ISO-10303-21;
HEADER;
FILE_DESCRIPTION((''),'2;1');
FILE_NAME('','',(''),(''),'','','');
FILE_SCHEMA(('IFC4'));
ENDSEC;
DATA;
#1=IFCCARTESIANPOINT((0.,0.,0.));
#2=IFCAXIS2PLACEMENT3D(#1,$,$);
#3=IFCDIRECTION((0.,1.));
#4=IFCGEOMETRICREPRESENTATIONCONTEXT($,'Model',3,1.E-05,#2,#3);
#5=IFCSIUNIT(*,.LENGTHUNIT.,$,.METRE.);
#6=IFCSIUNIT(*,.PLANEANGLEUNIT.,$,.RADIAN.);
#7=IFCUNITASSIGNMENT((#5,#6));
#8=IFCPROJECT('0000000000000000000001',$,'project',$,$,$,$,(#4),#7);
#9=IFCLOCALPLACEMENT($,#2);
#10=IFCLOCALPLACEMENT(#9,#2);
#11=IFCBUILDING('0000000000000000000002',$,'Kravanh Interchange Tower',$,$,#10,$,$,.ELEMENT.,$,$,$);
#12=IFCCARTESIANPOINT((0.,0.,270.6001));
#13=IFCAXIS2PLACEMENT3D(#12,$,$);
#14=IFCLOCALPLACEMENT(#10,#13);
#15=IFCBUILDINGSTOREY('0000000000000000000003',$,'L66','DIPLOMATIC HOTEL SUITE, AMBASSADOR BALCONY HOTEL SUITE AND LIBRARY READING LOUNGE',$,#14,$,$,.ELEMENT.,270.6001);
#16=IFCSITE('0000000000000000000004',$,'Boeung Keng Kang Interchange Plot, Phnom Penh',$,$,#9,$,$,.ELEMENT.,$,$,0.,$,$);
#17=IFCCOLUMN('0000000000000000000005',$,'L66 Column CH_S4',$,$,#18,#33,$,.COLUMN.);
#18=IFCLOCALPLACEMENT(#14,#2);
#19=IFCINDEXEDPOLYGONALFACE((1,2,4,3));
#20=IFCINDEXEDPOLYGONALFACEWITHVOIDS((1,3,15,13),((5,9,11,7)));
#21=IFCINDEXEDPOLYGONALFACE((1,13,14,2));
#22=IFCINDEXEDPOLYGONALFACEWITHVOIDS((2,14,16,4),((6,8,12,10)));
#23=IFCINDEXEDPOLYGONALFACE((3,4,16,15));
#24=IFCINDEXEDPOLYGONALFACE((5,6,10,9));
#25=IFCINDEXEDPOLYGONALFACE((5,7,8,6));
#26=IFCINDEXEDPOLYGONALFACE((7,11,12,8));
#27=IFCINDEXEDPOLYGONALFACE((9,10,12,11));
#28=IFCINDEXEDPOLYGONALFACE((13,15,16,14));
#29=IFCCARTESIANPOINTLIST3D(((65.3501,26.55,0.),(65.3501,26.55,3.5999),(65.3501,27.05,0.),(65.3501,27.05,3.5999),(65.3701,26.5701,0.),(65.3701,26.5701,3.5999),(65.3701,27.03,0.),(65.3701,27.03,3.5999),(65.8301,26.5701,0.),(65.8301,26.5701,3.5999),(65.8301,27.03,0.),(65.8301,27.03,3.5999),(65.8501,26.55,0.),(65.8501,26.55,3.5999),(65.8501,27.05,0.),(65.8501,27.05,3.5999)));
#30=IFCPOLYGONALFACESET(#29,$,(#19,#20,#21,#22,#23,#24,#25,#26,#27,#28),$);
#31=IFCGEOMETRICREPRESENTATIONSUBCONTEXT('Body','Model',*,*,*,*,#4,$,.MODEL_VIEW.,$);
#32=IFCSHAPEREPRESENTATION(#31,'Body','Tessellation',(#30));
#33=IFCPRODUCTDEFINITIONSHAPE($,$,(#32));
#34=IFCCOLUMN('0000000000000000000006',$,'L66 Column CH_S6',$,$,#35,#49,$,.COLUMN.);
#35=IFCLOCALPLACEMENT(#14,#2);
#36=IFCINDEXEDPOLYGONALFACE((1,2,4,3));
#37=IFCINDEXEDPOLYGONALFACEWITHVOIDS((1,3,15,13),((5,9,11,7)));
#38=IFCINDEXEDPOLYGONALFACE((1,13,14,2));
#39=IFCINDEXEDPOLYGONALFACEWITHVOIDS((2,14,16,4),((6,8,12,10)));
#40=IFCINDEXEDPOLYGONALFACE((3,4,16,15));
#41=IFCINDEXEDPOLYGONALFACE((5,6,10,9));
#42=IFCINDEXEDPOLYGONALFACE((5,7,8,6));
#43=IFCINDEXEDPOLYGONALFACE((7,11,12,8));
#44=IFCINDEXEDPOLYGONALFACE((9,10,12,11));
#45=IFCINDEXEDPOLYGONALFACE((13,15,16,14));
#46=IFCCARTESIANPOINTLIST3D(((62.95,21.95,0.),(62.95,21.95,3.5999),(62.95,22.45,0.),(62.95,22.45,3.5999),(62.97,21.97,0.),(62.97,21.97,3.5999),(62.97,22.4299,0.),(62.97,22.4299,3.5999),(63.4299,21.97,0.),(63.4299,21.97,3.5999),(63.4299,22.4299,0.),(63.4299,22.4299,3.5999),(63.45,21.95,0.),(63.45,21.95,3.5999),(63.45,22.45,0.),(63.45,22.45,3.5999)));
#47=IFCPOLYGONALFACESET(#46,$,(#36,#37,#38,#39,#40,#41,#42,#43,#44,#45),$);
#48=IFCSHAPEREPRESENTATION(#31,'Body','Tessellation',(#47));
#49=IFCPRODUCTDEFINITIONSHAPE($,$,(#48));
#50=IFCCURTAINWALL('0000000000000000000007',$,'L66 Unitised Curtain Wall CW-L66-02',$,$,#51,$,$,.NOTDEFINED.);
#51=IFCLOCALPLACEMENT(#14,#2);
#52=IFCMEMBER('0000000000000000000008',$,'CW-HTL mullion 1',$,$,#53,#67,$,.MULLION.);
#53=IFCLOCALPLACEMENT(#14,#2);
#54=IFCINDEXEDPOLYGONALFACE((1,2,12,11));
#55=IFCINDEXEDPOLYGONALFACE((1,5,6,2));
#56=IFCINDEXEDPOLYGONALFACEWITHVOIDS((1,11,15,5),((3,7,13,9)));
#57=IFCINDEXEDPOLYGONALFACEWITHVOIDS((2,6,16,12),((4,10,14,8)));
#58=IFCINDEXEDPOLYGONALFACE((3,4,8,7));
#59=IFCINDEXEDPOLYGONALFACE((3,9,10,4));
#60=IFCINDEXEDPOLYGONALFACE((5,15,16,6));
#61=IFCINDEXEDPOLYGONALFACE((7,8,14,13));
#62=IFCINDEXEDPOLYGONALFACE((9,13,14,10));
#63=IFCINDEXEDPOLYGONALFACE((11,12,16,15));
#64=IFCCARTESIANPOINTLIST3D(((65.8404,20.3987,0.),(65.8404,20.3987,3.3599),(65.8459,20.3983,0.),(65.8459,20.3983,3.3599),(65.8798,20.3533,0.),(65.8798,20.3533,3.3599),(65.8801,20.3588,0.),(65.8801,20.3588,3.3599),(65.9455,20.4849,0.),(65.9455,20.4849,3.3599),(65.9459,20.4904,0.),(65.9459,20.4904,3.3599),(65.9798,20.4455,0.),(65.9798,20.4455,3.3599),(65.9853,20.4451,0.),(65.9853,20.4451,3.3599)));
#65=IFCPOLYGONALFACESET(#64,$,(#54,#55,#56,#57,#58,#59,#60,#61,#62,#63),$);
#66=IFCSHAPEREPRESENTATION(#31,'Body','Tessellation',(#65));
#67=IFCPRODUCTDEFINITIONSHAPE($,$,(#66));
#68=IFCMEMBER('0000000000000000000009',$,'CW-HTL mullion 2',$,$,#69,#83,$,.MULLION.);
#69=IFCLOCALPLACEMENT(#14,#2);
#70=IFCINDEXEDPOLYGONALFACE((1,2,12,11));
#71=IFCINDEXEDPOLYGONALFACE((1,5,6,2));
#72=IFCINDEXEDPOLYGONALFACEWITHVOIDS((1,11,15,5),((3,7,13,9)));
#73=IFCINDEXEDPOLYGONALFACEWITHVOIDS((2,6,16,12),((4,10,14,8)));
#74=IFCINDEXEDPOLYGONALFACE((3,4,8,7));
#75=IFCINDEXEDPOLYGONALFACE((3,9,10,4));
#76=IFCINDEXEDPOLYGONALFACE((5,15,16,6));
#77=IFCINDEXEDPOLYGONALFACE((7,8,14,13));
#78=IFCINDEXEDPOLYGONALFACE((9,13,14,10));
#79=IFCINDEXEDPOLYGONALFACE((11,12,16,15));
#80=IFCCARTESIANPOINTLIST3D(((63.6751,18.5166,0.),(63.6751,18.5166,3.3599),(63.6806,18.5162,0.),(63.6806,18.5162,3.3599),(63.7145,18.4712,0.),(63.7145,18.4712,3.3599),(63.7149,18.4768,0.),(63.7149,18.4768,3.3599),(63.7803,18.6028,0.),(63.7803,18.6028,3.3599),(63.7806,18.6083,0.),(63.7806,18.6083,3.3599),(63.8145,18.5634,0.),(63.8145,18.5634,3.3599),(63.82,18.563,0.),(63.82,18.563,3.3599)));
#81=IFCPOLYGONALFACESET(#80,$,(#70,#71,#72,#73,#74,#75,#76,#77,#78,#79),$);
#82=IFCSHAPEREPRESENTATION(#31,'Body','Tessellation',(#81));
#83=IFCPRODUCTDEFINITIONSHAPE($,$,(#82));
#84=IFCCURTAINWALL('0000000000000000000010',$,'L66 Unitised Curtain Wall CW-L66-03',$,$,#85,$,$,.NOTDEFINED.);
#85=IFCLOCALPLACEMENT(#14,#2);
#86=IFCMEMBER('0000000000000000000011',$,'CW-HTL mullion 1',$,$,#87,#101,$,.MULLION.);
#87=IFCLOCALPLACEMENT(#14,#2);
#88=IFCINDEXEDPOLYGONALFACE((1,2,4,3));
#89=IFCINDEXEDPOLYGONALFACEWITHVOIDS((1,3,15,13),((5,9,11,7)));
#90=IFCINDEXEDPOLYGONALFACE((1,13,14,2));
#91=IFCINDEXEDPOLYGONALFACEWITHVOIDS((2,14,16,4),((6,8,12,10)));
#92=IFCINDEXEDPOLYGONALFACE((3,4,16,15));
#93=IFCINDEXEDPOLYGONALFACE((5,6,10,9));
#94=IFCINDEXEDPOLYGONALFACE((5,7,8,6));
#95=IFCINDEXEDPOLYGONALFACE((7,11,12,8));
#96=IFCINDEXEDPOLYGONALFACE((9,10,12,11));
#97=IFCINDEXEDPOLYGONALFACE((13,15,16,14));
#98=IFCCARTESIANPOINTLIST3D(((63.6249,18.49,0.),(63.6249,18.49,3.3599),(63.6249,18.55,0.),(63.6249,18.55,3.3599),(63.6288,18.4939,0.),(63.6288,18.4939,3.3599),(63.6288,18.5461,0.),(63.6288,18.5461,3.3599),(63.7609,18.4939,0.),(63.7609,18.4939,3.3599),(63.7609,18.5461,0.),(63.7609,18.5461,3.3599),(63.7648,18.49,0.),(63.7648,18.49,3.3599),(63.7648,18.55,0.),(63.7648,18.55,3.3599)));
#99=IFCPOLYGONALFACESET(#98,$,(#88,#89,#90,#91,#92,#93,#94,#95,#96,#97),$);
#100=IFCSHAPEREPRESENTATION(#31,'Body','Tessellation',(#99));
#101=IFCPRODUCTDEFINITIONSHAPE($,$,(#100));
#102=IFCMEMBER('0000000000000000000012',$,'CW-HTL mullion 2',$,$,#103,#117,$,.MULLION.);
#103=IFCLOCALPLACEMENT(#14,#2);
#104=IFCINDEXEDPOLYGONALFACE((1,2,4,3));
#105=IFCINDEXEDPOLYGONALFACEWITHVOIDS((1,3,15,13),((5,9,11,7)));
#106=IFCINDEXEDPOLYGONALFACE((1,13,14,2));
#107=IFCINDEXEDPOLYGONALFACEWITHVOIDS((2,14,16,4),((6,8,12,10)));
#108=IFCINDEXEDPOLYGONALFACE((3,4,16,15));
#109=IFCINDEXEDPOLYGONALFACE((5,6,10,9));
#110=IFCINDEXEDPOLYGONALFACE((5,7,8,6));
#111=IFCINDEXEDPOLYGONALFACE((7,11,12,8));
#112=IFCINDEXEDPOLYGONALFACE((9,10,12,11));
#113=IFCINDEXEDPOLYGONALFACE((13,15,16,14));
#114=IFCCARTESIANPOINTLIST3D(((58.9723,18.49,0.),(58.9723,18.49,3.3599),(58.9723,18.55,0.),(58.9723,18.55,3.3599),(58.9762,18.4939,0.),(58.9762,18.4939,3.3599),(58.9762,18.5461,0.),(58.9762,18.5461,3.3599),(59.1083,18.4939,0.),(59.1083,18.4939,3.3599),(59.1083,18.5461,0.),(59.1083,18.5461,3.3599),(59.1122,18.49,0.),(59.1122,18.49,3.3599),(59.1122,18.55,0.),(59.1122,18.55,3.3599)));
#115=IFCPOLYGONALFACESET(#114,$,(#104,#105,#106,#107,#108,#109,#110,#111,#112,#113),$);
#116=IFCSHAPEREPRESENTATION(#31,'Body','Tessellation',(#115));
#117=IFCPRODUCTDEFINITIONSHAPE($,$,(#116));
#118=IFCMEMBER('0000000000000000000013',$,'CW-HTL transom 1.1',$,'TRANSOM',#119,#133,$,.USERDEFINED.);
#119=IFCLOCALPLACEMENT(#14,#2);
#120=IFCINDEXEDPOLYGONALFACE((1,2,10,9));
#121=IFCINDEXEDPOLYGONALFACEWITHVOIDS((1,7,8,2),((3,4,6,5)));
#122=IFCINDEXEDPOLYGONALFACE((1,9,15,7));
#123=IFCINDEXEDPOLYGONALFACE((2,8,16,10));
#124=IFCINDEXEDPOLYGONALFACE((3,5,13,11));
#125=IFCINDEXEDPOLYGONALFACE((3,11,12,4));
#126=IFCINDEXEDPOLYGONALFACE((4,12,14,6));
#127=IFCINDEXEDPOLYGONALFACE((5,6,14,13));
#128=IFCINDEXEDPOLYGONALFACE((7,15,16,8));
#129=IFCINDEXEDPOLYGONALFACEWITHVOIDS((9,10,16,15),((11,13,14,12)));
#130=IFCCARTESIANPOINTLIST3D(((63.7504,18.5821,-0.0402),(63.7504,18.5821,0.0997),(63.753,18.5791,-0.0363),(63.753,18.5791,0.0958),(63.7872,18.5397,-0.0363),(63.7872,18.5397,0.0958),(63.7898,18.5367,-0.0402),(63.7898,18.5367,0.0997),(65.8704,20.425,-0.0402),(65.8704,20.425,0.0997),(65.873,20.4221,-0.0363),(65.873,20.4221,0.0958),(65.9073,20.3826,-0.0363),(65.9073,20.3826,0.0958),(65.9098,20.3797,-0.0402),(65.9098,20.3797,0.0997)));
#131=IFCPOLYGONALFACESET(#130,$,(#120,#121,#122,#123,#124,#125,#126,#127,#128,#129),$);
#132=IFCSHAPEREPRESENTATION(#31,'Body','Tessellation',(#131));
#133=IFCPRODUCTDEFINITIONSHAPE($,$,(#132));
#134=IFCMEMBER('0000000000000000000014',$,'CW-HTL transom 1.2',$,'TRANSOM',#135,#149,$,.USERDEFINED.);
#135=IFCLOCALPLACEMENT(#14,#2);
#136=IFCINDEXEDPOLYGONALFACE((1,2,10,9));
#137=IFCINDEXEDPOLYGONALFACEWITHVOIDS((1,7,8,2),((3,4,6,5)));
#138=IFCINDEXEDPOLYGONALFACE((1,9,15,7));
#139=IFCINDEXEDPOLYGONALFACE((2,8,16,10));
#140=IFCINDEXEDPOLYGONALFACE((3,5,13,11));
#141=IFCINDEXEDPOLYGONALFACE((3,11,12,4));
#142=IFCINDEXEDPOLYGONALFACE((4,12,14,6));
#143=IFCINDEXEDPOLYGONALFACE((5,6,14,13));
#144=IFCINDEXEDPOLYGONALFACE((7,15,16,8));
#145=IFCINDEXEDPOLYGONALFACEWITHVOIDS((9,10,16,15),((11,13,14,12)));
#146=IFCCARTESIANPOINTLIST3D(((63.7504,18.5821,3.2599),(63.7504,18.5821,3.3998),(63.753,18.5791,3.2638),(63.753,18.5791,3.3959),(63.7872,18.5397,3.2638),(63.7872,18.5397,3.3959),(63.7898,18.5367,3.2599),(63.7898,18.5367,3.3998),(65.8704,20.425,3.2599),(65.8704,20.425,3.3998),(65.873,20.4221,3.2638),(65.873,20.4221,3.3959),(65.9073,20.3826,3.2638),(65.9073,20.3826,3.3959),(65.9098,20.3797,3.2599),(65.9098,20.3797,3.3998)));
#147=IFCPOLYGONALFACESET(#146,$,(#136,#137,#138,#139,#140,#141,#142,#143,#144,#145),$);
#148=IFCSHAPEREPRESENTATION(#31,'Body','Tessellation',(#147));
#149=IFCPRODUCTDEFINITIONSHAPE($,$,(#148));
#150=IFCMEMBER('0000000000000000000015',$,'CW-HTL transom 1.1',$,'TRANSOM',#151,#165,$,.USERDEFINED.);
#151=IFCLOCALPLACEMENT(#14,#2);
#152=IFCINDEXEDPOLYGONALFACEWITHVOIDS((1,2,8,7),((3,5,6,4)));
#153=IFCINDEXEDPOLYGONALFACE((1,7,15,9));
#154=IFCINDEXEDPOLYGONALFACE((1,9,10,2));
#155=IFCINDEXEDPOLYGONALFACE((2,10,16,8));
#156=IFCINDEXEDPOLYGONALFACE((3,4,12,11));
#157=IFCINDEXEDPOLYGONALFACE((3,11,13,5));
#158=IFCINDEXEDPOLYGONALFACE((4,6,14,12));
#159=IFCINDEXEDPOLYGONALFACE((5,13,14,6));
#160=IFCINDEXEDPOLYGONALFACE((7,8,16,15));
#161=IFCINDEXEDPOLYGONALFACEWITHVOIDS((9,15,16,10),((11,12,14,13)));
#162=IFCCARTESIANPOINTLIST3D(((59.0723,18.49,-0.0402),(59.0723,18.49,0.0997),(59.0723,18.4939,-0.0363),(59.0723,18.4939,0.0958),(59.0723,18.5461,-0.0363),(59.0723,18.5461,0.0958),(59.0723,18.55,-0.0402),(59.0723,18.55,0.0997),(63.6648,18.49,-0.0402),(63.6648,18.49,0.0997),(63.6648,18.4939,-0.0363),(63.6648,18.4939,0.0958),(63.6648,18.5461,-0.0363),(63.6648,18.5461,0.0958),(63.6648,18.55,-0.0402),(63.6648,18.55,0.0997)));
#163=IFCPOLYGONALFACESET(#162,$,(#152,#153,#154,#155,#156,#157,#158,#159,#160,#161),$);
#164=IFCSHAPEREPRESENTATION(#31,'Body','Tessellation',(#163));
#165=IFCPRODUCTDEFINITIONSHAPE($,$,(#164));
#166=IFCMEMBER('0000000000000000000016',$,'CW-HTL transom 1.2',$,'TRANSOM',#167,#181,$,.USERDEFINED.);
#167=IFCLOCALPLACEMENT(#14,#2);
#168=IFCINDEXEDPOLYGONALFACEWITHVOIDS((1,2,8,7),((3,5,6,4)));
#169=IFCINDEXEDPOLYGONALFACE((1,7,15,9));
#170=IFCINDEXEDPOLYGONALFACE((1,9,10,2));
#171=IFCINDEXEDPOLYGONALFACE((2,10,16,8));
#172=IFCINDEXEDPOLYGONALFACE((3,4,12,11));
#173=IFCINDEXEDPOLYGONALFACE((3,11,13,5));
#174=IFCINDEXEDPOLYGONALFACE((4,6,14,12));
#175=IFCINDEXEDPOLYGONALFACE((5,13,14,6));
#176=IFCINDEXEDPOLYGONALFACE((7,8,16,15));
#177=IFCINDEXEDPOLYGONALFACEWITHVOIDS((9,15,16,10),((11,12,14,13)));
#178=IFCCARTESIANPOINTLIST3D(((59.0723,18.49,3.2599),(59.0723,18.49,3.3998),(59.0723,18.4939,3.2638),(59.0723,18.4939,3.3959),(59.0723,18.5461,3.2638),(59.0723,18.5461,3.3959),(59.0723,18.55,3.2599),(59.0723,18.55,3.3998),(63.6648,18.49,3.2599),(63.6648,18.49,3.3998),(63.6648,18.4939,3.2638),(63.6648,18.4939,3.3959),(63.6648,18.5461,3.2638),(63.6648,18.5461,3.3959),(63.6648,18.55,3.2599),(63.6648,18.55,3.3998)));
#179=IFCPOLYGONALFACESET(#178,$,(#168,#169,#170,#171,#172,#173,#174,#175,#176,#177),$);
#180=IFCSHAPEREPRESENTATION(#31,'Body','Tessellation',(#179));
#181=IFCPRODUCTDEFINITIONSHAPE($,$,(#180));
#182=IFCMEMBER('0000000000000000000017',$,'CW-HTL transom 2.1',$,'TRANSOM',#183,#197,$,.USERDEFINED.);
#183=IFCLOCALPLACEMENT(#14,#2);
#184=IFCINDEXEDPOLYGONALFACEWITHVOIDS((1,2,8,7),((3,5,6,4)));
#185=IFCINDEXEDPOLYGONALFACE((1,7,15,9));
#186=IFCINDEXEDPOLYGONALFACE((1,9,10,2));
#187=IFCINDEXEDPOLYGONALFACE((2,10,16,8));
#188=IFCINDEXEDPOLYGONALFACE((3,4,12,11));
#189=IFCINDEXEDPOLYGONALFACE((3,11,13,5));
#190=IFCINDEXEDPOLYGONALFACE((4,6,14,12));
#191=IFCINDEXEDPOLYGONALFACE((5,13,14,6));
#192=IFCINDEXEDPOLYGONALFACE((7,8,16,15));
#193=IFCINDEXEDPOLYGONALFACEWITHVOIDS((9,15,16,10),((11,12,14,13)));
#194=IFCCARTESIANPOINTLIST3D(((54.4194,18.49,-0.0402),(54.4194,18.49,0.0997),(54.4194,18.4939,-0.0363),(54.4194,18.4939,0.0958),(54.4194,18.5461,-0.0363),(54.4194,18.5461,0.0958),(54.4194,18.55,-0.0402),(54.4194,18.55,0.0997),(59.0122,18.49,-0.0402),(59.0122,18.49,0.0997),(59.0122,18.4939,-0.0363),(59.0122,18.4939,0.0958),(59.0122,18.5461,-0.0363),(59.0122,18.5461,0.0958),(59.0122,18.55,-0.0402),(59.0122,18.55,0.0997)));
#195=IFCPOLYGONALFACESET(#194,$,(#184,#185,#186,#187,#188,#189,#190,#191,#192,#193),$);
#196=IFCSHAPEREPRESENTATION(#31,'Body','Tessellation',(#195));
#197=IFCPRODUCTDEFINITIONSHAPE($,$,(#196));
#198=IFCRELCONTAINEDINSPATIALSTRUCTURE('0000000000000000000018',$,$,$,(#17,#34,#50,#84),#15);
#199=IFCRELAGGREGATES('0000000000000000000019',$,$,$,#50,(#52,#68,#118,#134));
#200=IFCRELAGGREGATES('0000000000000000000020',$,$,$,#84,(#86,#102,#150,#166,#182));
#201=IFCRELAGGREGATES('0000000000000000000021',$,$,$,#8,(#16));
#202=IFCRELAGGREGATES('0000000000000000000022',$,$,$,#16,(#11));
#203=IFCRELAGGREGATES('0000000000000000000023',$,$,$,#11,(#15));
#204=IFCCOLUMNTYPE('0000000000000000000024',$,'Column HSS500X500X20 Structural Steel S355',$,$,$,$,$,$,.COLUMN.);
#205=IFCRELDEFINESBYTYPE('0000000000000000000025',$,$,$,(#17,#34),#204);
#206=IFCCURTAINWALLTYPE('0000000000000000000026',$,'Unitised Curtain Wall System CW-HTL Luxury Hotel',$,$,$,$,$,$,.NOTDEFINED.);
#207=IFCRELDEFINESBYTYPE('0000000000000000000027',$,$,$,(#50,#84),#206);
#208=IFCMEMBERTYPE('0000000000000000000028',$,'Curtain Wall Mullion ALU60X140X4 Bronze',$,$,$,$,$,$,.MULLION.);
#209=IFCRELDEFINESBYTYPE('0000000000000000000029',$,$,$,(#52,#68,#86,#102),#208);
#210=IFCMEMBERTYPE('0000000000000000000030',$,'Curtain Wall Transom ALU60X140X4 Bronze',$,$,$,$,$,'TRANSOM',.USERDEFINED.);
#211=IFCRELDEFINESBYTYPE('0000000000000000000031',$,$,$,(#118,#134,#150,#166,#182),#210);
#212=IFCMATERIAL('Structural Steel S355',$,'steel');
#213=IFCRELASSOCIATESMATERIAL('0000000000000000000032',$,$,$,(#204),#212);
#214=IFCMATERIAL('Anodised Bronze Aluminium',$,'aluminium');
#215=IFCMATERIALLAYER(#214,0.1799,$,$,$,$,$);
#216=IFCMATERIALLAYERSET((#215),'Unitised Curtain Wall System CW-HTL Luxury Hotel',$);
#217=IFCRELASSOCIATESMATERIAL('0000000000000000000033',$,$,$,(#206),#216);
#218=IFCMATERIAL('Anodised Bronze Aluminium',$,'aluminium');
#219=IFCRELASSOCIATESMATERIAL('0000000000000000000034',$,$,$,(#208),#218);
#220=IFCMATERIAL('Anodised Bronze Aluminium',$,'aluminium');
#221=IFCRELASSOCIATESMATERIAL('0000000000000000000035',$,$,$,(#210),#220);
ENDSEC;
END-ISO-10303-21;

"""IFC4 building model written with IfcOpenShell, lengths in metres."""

from ifc_helpers import new_model, si_unit, direction, frame, origin, origin_2d, place, context, subcontext, project, spatial, hollow_rectangle, extrude, material, layer, layer_set, material_profile, profile_set, type_object, element, aggregate, save


model = new_model("IFC4")

# Units and contexts
model_context = context("Model", 3, precision=1e-05, world=origin(), true_north=direction((0.0, 1.0)))
body_context = subcontext(model_context, "Body", "Model", "MODEL_VIEW")
ifc_project = project(units=[si_unit("LENGTHUNIT", "METRE"), si_unit("PLANEANGLEUNIT", "RADIAN")], contexts=[model_context])

# Site, building, storey
site_placement = place(None, origin())
site = spatial("IfcSite", under=ifc_project, at=site_placement, Name="Boeung Keng Kang Interchange Plot, Phnom Penh", CompositionType="ELEMENT", RefElevation=0.0)
building_placement = place(site_placement, origin())
building = spatial("IfcBuilding", under=site, at=building_placement, Name="Kravanh Interchange Tower", CompositionType="ELEMENT")
storey_placement = place(building_placement, frame((0.0, 0.0, 270.6001)))
storey = spatial("IfcBuildingStorey", under=building, at=storey_placement, Name="L66", Description="DIPLOMATIC HOTEL SUITE, AMBASSADOR BALCONY HOTEL SUITE AND LIBRARY READING LOUNGE", CompositionType="ELEMENT", Elevation=270.6001)

# Columns
ifc_material_1 = material(Name="Structural Steel S355", Category="steel")
ifc_material_profile_1 = material_profile(ifc_material_1, hollow_rectangle(XDim=0.5, YDim=0.5, WallThickness=0.02, at=origin_2d()), Name="HSS500X500X20")
ifc_profile_set_1 = profile_set([ifc_material_profile_1], Name="Structural Steel S355")
column_type = type_object("IfcColumnType", Name="Column HSS500X500X20 Structural Steel S355", PredefinedType="COLUMN", material=ifc_profile_set_1)
for number, where, z_axis, x_axis, name in (
    (1, (65.6001, 26.8, 0.0), (0.0, 0.0, 1.0), (1.0, 0.0, 0.0), "L66 Column CH_S4"),
    (2, (63.2, 22.2, 0.0), (0.0, 0.0, 1.0), (1.0, 0.0, 0.0), "L66 Column CH_S6"),
):
    element("IfcColumn", number, at=place(storey_placement, frame(where, z_axis=z_axis, x_axis=x_axis)), inside=storey, type_object=column_type, Name=name, PredefinedType="COLUMN", context=body_context, shape_type="SweptSolid", body=[
        extrude(hollow_rectangle(XDim=0.5, YDim=0.5, WallThickness=0.02, at=origin_2d()), origin(), (0.0, 0.0, 1.0), 3.5999),
    ])

# Curtain walls, members
ifc_material_2 = material(Name="Anodised Bronze Aluminium", Category="aluminium")
ifc_layer_1 = layer(ifc_material_2, 0.1799)
ifc_layer_set_1 = layer_set([ifc_layer_1], Name="Unitised Curtain Wall System CW-HTL Luxury Hotel")
curtain_wall_type = type_object("IfcCurtainWallType", Name="Unitised Curtain Wall System CW-HTL Luxury Hotel", PredefinedType="NOTDEFINED", material=ifc_layer_set_1)
curtain_wall_1_placement = place(storey_placement, origin())
curtain_wall_1 = element("IfcCurtainWall", 3, at=curtain_wall_1_placement, inside=storey, type_object=curtain_wall_type, Name="L66 Unitised Curtain Wall CW-L66-02", PredefinedType="NOTDEFINED")
ifc_material_3 = material(Name="Anodised Bronze Aluminium", Category="aluminium")
ifc_material_profile_2 = material_profile(ifc_material_3, hollow_rectangle(XDim=0.0601, YDim=0.1399, WallThickness=0.0039, at=origin_2d()), Name="ALU60X140X4")
ifc_profile_set_2 = profile_set([ifc_material_profile_2], Name="Anodised Bronze Aluminium")
member_type_1 = type_object("IfcMemberType", Name="Curtain Wall Mullion ALU60X140X4 Bronze", PredefinedType="MULLION", material=ifc_profile_set_2)
member_1_placement = place(storey_placement, frame((65.9128, 20.4219, 0.0), z_axis=(0.0, 0.0, 1.0), x_axis=(0.656033, -0.754732, 0.0)))
member_1 = element("IfcMember", 4, at=member_1_placement, type_object=member_type_1, Name="CW-HTL mullion 1", PredefinedType="MULLION", context=body_context, shape_type="SweptSolid", body=[
    extrude(hollow_rectangle(XDim=0.0601, YDim=0.1399, WallThickness=0.0039, at=origin_2d()), origin(), (0.0, 0.0, 1.0), 3.3599),
])
member_2_placement = place(storey_placement, frame((63.7476, 18.5398, 0.0), z_axis=(0.0, 0.0, 1.0), x_axis=(0.656033, -0.754732, 0.0)))
member_2 = element("IfcMember", 5, at=member_2_placement, type_object=member_type_1, Name="CW-HTL mullion 2", PredefinedType="MULLION", context=body_context, shape_type="SweptSolid", body=[
    extrude(hollow_rectangle(XDim=0.0601, YDim=0.1399, WallThickness=0.0039, at=origin_2d()), origin(), (0.0, 0.0, 1.0), 3.3599),
])
curtain_wall_2_placement = place(storey_placement, origin())
curtain_wall_2 = element("IfcCurtainWall", 6, at=curtain_wall_2_placement, inside=storey, type_object=curtain_wall_type, Name="L66 Unitised Curtain Wall CW-L66-03", PredefinedType="NOTDEFINED")
member_3_placement = place(storey_placement, frame((63.6948, 18.52, 0.0), z_axis=(0.0, 0.0, 1.0), x_axis=(0.0, -1.0, 0.0)))
member_3 = element("IfcMember", 7, at=member_3_placement, type_object=member_type_1, Name="CW-HTL mullion 1", PredefinedType="MULLION", context=body_context, shape_type="SweptSolid", body=[
    extrude(hollow_rectangle(XDim=0.0601, YDim=0.1399, WallThickness=0.0039, at=origin_2d()), origin(), (0.0, 0.0, 1.0), 3.3599),
])
member_4_placement = place(storey_placement, frame((59.0422, 18.52, 0.0), z_axis=(0.0, 0.0, 1.0), x_axis=(0.0, -1.0, 0.0)))
member_4 = element("IfcMember", 8, at=member_4_placement, type_object=member_type_1, Name="CW-HTL mullion 2", PredefinedType="MULLION", context=body_context, shape_type="SweptSolid", body=[
    extrude(hollow_rectangle(XDim=0.0601, YDim=0.1399, WallThickness=0.0039, at=origin_2d()), origin(), (0.0, 0.0, 1.0), 3.3599),
])

# Members
ifc_material_4 = material(Name="Anodised Bronze Aluminium", Category="aluminium")
ifc_material_profile_3 = material_profile(ifc_material_4, hollow_rectangle(XDim=0.0601, YDim=0.1399, WallThickness=0.0039, at=origin_2d()), Name="ALU60X140X4")
ifc_profile_set_3 = profile_set([ifc_material_profile_3], Name="Anodised Bronze Aluminium")
member_type_2 = type_object("IfcMemberType", Name="Curtain Wall Transom ALU60X140X4 Bronze", ElementType="TRANSOM", PredefinedType="USERDEFINED", material=ifc_profile_set_3)
member_5_placement = place(storey_placement, frame((65.8901, 20.4023, 0.0298), z_axis=(-0.754705, -0.656065, 0.0), x_axis=(0.656065, -0.754705, 0.0)))
member_5 = element("IfcMember", 9, at=member_5_placement, type_object=member_type_2, Name="CW-HTL transom 1.1", ObjectType="TRANSOM", PredefinedType="USERDEFINED", context=body_context, shape_type="SweptSolid", body=[
    extrude(hollow_rectangle(XDim=0.0601, YDim=0.1399, WallThickness=0.0039, at=origin_2d()), origin(), (0.0, 0.0, 1.0), 2.8091),
])
member_6_placement = place(storey_placement, frame((65.8901, 20.4023, 3.3298), z_axis=(-0.754705, -0.656065, 0.0), x_axis=(0.656065, -0.754705, 0.0)))
member_6 = element("IfcMember", 10, at=member_6_placement, type_object=member_type_2, Name="CW-HTL transom 1.2", ObjectType="TRANSOM", PredefinedType="USERDEFINED", context=body_context, shape_type="SweptSolid", body=[
    extrude(hollow_rectangle(XDim=0.0601, YDim=0.1399, WallThickness=0.0039, at=origin_2d()), origin(), (0.0, 0.0, 1.0), 2.8091),
])
member_7_placement = place(storey_placement, frame((63.6648, 18.52, 0.0298), z_axis=(-1.0, 0.0, 0.0), x_axis=(0.0, -1.0, 0.0)))
member_7 = element("IfcMember", 11, at=member_7_placement, type_object=member_type_2, Name="CW-HTL transom 1.1", ObjectType="TRANSOM", PredefinedType="USERDEFINED", context=body_context, shape_type="SweptSolid", body=[
    extrude(hollow_rectangle(XDim=0.0601, YDim=0.1399, WallThickness=0.0039, at=origin_2d()), origin(), (0.0, 0.0, 1.0), 4.5925),
])
member_8_placement = place(storey_placement, frame((63.6648, 18.52, 3.3298), z_axis=(-1.0, 0.0, 0.0), x_axis=(0.0, -1.0, 0.0)))
member_8 = element("IfcMember", 12, at=member_8_placement, type_object=member_type_2, Name="CW-HTL transom 1.2", ObjectType="TRANSOM", PredefinedType="USERDEFINED", context=body_context, shape_type="SweptSolid", body=[
    extrude(hollow_rectangle(XDim=0.0601, YDim=0.1399, WallThickness=0.0039, at=origin_2d()), origin(), (0.0, 0.0, 1.0), 4.5925),
])
member_9_placement = place(storey_placement, frame((59.0122, 18.52, 0.0298), z_axis=(-1.0, 0.0, 0.0), x_axis=(0.0, -1.0, 0.0)))
member_9 = element("IfcMember", 13, at=member_9_placement, type_object=member_type_2, Name="CW-HTL transom 2.1", ObjectType="TRANSOM", PredefinedType="USERDEFINED", context=body_context, shape_type="SweptSolid", body=[
    extrude(hollow_rectangle(XDim=0.0601, YDim=0.1399, WallThickness=0.0039, at=origin_2d()), origin(), (0.0, 0.0, 1.0), 4.5928),
])

aggregate(curtain_wall_1, [member_1, member_2, member_5, member_6])
aggregate(curtain_wall_2, [member_3, member_4, member_7, member_8, member_9])

save(model, "model.ifc")
